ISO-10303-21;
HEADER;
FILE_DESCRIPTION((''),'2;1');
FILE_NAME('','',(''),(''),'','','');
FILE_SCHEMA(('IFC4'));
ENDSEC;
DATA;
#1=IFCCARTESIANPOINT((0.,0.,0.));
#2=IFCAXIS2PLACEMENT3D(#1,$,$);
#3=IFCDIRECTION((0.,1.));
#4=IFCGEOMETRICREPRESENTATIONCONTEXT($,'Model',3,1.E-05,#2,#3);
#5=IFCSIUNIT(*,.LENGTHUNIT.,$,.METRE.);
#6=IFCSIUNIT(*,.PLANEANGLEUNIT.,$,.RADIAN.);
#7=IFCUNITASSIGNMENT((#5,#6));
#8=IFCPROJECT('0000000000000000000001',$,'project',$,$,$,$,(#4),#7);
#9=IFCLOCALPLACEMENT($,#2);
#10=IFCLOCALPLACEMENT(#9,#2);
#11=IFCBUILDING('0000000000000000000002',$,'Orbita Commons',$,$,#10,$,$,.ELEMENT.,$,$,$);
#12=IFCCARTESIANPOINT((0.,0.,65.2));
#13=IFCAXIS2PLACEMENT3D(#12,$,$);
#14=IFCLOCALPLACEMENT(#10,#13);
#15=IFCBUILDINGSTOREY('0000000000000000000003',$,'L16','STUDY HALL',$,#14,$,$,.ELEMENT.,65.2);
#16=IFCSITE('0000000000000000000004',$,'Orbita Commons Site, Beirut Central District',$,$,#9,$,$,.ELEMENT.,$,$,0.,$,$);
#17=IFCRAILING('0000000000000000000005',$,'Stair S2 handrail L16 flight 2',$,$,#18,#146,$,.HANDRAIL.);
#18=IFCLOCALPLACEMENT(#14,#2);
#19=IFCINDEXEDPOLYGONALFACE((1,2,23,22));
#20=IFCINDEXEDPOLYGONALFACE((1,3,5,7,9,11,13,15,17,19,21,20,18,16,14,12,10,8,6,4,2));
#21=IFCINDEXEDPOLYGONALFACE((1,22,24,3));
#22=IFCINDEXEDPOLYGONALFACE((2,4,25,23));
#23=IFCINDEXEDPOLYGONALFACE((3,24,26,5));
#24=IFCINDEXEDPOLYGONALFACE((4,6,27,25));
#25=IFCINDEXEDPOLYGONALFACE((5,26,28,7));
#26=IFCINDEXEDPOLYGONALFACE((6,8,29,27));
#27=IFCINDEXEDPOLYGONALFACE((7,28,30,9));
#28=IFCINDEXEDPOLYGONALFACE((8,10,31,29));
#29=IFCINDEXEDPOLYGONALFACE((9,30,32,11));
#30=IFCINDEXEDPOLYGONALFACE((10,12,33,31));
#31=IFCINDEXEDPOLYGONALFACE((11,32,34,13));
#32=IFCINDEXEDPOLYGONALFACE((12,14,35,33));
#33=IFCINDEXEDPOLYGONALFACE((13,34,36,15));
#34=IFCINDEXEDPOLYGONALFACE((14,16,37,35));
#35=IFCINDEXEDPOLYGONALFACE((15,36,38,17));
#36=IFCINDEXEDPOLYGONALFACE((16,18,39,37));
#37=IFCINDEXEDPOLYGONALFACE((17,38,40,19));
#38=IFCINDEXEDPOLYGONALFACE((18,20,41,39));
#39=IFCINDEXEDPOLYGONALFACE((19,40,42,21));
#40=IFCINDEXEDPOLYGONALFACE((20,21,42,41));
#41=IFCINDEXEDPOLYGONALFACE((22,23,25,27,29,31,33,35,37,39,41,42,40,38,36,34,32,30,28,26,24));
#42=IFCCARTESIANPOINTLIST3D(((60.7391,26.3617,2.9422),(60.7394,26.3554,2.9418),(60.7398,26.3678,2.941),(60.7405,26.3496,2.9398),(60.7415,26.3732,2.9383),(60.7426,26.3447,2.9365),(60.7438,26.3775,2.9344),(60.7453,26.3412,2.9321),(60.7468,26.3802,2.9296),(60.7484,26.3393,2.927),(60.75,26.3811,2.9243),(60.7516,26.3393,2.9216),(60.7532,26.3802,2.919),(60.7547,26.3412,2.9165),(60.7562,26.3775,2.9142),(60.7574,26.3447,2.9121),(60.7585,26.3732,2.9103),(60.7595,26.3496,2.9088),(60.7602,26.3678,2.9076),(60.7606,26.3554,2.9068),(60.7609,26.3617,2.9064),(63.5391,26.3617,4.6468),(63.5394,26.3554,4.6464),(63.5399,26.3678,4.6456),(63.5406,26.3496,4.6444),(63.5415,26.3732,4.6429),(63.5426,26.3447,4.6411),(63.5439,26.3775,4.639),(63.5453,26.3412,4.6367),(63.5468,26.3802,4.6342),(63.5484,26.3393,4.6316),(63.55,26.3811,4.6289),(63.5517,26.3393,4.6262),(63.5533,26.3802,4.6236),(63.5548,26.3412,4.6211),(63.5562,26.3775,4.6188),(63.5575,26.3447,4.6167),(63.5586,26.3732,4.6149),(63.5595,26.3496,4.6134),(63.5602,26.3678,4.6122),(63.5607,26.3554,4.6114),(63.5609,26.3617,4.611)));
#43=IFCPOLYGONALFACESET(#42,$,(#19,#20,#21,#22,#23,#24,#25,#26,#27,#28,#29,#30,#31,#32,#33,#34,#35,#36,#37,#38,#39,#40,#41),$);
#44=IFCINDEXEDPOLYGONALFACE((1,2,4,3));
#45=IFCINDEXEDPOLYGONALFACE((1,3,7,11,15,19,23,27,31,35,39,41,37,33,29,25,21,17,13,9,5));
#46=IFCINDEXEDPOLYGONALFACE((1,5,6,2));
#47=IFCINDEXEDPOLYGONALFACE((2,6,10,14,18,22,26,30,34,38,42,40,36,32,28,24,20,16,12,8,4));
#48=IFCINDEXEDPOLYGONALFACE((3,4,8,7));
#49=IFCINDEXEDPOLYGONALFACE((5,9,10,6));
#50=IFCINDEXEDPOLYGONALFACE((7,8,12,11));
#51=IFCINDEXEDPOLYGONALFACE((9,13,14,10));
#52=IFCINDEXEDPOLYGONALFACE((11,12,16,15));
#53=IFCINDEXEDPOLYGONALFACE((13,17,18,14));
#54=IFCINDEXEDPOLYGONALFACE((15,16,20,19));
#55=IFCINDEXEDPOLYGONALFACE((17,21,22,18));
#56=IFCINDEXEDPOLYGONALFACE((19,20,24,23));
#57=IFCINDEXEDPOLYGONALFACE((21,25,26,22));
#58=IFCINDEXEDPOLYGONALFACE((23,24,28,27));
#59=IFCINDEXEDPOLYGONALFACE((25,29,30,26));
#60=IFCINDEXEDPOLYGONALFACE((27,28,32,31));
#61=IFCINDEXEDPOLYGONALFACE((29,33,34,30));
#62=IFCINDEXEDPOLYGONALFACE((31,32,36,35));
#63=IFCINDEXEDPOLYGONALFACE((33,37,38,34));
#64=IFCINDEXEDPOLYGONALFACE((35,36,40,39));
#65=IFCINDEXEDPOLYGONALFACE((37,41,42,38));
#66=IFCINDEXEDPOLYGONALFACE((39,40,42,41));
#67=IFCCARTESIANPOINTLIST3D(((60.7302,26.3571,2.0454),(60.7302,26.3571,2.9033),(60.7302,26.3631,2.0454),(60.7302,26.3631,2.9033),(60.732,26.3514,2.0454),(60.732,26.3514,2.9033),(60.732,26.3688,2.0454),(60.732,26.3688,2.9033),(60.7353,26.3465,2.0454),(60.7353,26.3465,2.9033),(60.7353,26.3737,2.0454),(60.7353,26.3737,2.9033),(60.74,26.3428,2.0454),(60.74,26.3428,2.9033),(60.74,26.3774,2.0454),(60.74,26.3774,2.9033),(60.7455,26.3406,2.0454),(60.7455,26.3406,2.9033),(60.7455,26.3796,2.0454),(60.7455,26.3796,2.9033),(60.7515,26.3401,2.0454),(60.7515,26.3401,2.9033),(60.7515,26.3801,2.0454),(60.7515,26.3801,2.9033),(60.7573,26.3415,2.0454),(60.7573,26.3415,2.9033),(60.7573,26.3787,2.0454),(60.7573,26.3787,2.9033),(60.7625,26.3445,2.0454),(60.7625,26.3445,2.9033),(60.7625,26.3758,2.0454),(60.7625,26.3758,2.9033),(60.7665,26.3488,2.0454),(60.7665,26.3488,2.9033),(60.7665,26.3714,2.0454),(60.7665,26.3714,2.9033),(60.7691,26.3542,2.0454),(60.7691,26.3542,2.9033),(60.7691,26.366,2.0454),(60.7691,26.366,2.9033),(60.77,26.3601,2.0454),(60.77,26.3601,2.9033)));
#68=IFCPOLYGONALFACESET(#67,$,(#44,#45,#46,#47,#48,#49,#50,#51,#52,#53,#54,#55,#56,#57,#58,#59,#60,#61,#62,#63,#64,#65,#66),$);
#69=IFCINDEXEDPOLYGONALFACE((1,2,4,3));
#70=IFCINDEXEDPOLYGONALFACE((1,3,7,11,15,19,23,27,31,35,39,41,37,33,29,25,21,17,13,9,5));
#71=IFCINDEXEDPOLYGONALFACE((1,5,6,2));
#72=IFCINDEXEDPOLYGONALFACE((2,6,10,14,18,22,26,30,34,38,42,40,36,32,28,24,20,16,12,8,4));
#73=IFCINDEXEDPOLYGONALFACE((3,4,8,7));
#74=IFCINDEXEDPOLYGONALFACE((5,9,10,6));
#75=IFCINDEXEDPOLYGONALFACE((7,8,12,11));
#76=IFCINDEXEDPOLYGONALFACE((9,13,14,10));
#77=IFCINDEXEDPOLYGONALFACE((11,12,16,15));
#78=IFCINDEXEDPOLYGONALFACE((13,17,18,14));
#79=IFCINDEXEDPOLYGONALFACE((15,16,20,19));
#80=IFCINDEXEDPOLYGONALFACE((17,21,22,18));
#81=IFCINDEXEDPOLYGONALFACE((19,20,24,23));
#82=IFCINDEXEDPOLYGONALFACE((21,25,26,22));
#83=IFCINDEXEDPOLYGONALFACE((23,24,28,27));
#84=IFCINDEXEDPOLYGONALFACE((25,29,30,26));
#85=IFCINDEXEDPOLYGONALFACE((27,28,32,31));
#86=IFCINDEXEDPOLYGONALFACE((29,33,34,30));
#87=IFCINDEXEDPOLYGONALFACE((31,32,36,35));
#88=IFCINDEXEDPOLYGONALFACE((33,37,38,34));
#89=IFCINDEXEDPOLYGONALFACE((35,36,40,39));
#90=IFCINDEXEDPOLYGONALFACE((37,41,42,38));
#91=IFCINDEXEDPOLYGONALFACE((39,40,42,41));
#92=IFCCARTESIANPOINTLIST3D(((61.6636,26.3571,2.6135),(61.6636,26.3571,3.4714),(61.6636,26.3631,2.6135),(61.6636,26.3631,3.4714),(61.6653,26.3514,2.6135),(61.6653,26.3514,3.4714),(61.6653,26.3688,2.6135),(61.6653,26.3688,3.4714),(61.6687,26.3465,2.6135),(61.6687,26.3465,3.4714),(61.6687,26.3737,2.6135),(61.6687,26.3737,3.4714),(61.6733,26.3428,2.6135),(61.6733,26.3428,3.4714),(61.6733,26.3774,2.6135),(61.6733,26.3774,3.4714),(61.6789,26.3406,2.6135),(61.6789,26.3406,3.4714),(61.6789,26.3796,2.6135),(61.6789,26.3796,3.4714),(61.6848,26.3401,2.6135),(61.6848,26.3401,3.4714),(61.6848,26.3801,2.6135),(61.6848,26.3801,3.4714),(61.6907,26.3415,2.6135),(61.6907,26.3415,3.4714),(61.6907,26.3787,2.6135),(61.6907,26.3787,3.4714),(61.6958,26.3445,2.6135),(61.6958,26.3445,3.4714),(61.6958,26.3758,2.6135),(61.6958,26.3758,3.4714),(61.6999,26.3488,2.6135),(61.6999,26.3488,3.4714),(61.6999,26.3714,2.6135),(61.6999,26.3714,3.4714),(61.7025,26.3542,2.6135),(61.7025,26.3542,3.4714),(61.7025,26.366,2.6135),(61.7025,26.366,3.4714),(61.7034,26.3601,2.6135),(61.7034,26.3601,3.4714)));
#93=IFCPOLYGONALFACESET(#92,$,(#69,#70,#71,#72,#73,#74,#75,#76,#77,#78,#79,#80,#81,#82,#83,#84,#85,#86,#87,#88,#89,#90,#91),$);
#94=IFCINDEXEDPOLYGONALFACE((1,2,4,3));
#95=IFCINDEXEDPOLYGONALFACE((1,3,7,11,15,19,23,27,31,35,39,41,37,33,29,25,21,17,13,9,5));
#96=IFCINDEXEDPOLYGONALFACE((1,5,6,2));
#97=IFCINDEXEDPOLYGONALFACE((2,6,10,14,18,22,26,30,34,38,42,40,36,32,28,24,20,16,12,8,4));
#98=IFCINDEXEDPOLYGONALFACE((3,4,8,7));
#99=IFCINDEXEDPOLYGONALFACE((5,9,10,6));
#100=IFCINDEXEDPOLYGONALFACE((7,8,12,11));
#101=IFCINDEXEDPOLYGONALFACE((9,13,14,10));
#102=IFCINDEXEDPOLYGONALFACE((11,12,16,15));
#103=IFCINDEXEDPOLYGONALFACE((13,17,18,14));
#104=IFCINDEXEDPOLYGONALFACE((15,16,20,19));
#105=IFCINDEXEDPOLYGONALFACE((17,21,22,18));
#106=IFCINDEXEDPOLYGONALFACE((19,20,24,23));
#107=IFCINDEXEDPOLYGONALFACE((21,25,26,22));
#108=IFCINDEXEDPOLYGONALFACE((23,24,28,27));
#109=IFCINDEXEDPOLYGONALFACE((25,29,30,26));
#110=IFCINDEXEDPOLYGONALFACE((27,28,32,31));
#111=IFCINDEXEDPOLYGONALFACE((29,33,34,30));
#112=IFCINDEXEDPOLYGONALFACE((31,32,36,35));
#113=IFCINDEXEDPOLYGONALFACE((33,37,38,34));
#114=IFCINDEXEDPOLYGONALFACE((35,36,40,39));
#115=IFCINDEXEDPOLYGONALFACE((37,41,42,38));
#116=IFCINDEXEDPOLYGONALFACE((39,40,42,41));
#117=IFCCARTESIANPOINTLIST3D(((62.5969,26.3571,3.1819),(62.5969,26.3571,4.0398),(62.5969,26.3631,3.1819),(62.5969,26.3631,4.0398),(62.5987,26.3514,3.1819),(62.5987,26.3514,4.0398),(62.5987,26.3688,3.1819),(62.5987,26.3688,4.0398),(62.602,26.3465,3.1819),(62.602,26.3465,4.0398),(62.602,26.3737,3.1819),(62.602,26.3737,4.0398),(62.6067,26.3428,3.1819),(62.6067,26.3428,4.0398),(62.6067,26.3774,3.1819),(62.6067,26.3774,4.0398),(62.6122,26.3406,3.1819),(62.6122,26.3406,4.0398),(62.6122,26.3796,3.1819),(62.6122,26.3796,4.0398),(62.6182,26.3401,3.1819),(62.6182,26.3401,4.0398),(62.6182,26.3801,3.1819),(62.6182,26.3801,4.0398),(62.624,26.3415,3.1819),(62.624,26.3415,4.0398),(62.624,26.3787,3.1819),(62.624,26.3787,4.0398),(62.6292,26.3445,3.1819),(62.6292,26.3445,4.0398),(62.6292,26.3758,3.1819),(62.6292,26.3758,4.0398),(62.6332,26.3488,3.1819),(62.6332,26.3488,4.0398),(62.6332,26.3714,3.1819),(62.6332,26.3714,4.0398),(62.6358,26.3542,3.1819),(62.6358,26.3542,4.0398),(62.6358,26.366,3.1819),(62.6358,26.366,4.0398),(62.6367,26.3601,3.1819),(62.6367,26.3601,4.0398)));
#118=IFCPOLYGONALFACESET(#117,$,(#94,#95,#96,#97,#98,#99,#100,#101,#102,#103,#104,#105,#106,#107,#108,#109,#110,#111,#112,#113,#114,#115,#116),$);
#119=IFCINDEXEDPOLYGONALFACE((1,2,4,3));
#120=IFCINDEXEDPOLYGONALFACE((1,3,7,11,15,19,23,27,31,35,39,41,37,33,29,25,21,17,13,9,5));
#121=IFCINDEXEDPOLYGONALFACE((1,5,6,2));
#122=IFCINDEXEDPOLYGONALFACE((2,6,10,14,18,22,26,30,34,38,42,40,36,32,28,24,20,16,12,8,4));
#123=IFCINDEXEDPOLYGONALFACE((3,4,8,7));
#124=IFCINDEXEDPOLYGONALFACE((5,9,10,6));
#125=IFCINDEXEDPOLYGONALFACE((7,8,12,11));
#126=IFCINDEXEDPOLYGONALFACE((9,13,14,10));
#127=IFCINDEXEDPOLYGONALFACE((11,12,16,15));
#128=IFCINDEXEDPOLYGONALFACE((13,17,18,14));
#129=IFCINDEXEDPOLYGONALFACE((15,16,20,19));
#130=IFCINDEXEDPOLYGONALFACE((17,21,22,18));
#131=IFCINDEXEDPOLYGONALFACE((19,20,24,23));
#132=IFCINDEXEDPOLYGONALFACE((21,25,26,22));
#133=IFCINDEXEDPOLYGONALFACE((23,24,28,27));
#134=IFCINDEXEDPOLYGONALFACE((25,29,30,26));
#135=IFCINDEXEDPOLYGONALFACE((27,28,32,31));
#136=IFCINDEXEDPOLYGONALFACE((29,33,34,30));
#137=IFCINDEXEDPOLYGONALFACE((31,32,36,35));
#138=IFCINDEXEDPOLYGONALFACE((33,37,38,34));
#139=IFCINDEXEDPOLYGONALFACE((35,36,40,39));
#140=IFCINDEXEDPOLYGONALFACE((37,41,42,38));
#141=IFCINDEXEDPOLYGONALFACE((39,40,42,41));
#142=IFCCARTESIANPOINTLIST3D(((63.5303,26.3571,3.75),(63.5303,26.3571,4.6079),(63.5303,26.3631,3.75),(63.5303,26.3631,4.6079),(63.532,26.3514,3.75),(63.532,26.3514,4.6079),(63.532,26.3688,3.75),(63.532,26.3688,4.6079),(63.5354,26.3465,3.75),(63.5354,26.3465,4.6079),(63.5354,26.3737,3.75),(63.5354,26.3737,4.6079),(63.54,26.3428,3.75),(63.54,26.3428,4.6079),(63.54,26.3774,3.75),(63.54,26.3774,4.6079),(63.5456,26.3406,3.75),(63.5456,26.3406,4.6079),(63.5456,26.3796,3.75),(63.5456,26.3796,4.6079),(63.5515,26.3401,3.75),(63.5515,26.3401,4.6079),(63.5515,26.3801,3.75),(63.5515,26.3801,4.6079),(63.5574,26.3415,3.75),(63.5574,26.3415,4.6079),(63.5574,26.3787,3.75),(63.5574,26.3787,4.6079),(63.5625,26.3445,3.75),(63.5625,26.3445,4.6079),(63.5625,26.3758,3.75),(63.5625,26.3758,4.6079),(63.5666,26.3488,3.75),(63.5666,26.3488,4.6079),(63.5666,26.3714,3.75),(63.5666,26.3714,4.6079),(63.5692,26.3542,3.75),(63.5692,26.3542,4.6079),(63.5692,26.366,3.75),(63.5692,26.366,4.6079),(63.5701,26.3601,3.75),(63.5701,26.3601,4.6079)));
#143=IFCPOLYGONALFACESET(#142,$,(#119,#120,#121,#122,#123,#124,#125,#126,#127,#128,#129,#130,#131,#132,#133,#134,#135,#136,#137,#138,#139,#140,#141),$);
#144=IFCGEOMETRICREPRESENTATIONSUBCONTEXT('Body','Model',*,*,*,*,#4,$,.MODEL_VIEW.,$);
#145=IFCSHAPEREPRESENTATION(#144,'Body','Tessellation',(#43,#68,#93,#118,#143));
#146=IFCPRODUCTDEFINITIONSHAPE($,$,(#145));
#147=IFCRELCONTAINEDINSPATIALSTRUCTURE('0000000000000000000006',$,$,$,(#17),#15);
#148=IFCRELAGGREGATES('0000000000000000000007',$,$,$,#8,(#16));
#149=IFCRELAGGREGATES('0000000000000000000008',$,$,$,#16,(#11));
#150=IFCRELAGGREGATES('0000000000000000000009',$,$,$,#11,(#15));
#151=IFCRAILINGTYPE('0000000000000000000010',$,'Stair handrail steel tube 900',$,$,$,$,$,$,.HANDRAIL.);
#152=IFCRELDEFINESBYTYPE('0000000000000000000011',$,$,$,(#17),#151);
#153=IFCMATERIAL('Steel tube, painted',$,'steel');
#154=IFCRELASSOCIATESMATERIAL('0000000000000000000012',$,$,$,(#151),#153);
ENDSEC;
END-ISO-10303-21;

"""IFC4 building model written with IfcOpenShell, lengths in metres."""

from ifc_helpers import new_model, si_unit, direction, frame, origin, origin_2d, place, context, subcontext, project, spatial, circle, extrude, material, type_object, element, save


model = new_model("IFC4")

# Units and contexts
model_context = context("Model", 3, precision=1e-05, world=origin(), true_north=direction((0.0, 1.0)))
body_context = subcontext(model_context, "Body", "Model", "MODEL_VIEW")
ifc_project = project(units=[si_unit("LENGTHUNIT", "METRE"), si_unit("PLANEANGLEUNIT", "RADIAN")], contexts=[model_context])

# Site, building, storey
site_placement = place(None, origin())
site = spatial("IfcSite", under=ifc_project, at=site_placement, Name="Orbita Commons Site, Beirut Central District", CompositionType="ELEMENT", RefElevation=0.0)
building_placement = place(site_placement, origin())
building = spatial("IfcBuilding", under=site, at=building_placement, Name="Orbita Commons", CompositionType="ELEMENT")
storey_placement = place(building_placement, frame((0.0, 0.0, 65.2)))
storey = spatial("IfcBuildingStorey", under=building, at=storey_placement, Name="L16", Description="STUDY HALL", CompositionType="ELEMENT", Elevation=65.2)

# Railing
ifc_material_1 = material(Name="Steel tube, painted", Category="steel")
railing_type = type_object("IfcRailingType", Name="Stair handrail steel tube 900", PredefinedType="HANDRAIL", material=ifc_material_1)
for number, where, name in (
    (1, (60.75, 26.3601, 2.0454), "Stair S2 handrail L16 flight 2"),
):
    element("IfcRailing", number, at=place(storey_placement, frame(where)), inside=storey, type_object=railing_type, Name=name, PredefinedType="HANDRAIL", context=body_context, shape_type="SweptSolid", body=[
        extrude(circle(Radius=0.021, at=origin_2d()), frame((0.0, 0.0, 0.8789), z_axis=(0.85417, 0.0, 0.519994), x_axis=(0.0, 1.0, 0.0)), (0.0, 0.0, 1.0), 3.2781),
        extrude(circle(Radius=0.02, at=origin_2d()), origin(), (0.0, 0.0, 1.0), 0.8579),
        extrude(circle(Radius=0.02, at=origin_2d()), frame((0.9333, 0.0, 0.5681)), (0.0, 0.0, 1.0), 0.8579),
        extrude(circle(Radius=0.02, at=origin_2d()), frame((1.8667, 0.0, 1.1365)), (0.0, 0.0, 1.0), 0.8579),
        extrude(circle(Radius=0.02, at=origin_2d()), frame((2.8, 0.0, 1.7046)), (0.0, 0.0, 1.0), 0.8579),
    ])

save(model, "model.ifc")
